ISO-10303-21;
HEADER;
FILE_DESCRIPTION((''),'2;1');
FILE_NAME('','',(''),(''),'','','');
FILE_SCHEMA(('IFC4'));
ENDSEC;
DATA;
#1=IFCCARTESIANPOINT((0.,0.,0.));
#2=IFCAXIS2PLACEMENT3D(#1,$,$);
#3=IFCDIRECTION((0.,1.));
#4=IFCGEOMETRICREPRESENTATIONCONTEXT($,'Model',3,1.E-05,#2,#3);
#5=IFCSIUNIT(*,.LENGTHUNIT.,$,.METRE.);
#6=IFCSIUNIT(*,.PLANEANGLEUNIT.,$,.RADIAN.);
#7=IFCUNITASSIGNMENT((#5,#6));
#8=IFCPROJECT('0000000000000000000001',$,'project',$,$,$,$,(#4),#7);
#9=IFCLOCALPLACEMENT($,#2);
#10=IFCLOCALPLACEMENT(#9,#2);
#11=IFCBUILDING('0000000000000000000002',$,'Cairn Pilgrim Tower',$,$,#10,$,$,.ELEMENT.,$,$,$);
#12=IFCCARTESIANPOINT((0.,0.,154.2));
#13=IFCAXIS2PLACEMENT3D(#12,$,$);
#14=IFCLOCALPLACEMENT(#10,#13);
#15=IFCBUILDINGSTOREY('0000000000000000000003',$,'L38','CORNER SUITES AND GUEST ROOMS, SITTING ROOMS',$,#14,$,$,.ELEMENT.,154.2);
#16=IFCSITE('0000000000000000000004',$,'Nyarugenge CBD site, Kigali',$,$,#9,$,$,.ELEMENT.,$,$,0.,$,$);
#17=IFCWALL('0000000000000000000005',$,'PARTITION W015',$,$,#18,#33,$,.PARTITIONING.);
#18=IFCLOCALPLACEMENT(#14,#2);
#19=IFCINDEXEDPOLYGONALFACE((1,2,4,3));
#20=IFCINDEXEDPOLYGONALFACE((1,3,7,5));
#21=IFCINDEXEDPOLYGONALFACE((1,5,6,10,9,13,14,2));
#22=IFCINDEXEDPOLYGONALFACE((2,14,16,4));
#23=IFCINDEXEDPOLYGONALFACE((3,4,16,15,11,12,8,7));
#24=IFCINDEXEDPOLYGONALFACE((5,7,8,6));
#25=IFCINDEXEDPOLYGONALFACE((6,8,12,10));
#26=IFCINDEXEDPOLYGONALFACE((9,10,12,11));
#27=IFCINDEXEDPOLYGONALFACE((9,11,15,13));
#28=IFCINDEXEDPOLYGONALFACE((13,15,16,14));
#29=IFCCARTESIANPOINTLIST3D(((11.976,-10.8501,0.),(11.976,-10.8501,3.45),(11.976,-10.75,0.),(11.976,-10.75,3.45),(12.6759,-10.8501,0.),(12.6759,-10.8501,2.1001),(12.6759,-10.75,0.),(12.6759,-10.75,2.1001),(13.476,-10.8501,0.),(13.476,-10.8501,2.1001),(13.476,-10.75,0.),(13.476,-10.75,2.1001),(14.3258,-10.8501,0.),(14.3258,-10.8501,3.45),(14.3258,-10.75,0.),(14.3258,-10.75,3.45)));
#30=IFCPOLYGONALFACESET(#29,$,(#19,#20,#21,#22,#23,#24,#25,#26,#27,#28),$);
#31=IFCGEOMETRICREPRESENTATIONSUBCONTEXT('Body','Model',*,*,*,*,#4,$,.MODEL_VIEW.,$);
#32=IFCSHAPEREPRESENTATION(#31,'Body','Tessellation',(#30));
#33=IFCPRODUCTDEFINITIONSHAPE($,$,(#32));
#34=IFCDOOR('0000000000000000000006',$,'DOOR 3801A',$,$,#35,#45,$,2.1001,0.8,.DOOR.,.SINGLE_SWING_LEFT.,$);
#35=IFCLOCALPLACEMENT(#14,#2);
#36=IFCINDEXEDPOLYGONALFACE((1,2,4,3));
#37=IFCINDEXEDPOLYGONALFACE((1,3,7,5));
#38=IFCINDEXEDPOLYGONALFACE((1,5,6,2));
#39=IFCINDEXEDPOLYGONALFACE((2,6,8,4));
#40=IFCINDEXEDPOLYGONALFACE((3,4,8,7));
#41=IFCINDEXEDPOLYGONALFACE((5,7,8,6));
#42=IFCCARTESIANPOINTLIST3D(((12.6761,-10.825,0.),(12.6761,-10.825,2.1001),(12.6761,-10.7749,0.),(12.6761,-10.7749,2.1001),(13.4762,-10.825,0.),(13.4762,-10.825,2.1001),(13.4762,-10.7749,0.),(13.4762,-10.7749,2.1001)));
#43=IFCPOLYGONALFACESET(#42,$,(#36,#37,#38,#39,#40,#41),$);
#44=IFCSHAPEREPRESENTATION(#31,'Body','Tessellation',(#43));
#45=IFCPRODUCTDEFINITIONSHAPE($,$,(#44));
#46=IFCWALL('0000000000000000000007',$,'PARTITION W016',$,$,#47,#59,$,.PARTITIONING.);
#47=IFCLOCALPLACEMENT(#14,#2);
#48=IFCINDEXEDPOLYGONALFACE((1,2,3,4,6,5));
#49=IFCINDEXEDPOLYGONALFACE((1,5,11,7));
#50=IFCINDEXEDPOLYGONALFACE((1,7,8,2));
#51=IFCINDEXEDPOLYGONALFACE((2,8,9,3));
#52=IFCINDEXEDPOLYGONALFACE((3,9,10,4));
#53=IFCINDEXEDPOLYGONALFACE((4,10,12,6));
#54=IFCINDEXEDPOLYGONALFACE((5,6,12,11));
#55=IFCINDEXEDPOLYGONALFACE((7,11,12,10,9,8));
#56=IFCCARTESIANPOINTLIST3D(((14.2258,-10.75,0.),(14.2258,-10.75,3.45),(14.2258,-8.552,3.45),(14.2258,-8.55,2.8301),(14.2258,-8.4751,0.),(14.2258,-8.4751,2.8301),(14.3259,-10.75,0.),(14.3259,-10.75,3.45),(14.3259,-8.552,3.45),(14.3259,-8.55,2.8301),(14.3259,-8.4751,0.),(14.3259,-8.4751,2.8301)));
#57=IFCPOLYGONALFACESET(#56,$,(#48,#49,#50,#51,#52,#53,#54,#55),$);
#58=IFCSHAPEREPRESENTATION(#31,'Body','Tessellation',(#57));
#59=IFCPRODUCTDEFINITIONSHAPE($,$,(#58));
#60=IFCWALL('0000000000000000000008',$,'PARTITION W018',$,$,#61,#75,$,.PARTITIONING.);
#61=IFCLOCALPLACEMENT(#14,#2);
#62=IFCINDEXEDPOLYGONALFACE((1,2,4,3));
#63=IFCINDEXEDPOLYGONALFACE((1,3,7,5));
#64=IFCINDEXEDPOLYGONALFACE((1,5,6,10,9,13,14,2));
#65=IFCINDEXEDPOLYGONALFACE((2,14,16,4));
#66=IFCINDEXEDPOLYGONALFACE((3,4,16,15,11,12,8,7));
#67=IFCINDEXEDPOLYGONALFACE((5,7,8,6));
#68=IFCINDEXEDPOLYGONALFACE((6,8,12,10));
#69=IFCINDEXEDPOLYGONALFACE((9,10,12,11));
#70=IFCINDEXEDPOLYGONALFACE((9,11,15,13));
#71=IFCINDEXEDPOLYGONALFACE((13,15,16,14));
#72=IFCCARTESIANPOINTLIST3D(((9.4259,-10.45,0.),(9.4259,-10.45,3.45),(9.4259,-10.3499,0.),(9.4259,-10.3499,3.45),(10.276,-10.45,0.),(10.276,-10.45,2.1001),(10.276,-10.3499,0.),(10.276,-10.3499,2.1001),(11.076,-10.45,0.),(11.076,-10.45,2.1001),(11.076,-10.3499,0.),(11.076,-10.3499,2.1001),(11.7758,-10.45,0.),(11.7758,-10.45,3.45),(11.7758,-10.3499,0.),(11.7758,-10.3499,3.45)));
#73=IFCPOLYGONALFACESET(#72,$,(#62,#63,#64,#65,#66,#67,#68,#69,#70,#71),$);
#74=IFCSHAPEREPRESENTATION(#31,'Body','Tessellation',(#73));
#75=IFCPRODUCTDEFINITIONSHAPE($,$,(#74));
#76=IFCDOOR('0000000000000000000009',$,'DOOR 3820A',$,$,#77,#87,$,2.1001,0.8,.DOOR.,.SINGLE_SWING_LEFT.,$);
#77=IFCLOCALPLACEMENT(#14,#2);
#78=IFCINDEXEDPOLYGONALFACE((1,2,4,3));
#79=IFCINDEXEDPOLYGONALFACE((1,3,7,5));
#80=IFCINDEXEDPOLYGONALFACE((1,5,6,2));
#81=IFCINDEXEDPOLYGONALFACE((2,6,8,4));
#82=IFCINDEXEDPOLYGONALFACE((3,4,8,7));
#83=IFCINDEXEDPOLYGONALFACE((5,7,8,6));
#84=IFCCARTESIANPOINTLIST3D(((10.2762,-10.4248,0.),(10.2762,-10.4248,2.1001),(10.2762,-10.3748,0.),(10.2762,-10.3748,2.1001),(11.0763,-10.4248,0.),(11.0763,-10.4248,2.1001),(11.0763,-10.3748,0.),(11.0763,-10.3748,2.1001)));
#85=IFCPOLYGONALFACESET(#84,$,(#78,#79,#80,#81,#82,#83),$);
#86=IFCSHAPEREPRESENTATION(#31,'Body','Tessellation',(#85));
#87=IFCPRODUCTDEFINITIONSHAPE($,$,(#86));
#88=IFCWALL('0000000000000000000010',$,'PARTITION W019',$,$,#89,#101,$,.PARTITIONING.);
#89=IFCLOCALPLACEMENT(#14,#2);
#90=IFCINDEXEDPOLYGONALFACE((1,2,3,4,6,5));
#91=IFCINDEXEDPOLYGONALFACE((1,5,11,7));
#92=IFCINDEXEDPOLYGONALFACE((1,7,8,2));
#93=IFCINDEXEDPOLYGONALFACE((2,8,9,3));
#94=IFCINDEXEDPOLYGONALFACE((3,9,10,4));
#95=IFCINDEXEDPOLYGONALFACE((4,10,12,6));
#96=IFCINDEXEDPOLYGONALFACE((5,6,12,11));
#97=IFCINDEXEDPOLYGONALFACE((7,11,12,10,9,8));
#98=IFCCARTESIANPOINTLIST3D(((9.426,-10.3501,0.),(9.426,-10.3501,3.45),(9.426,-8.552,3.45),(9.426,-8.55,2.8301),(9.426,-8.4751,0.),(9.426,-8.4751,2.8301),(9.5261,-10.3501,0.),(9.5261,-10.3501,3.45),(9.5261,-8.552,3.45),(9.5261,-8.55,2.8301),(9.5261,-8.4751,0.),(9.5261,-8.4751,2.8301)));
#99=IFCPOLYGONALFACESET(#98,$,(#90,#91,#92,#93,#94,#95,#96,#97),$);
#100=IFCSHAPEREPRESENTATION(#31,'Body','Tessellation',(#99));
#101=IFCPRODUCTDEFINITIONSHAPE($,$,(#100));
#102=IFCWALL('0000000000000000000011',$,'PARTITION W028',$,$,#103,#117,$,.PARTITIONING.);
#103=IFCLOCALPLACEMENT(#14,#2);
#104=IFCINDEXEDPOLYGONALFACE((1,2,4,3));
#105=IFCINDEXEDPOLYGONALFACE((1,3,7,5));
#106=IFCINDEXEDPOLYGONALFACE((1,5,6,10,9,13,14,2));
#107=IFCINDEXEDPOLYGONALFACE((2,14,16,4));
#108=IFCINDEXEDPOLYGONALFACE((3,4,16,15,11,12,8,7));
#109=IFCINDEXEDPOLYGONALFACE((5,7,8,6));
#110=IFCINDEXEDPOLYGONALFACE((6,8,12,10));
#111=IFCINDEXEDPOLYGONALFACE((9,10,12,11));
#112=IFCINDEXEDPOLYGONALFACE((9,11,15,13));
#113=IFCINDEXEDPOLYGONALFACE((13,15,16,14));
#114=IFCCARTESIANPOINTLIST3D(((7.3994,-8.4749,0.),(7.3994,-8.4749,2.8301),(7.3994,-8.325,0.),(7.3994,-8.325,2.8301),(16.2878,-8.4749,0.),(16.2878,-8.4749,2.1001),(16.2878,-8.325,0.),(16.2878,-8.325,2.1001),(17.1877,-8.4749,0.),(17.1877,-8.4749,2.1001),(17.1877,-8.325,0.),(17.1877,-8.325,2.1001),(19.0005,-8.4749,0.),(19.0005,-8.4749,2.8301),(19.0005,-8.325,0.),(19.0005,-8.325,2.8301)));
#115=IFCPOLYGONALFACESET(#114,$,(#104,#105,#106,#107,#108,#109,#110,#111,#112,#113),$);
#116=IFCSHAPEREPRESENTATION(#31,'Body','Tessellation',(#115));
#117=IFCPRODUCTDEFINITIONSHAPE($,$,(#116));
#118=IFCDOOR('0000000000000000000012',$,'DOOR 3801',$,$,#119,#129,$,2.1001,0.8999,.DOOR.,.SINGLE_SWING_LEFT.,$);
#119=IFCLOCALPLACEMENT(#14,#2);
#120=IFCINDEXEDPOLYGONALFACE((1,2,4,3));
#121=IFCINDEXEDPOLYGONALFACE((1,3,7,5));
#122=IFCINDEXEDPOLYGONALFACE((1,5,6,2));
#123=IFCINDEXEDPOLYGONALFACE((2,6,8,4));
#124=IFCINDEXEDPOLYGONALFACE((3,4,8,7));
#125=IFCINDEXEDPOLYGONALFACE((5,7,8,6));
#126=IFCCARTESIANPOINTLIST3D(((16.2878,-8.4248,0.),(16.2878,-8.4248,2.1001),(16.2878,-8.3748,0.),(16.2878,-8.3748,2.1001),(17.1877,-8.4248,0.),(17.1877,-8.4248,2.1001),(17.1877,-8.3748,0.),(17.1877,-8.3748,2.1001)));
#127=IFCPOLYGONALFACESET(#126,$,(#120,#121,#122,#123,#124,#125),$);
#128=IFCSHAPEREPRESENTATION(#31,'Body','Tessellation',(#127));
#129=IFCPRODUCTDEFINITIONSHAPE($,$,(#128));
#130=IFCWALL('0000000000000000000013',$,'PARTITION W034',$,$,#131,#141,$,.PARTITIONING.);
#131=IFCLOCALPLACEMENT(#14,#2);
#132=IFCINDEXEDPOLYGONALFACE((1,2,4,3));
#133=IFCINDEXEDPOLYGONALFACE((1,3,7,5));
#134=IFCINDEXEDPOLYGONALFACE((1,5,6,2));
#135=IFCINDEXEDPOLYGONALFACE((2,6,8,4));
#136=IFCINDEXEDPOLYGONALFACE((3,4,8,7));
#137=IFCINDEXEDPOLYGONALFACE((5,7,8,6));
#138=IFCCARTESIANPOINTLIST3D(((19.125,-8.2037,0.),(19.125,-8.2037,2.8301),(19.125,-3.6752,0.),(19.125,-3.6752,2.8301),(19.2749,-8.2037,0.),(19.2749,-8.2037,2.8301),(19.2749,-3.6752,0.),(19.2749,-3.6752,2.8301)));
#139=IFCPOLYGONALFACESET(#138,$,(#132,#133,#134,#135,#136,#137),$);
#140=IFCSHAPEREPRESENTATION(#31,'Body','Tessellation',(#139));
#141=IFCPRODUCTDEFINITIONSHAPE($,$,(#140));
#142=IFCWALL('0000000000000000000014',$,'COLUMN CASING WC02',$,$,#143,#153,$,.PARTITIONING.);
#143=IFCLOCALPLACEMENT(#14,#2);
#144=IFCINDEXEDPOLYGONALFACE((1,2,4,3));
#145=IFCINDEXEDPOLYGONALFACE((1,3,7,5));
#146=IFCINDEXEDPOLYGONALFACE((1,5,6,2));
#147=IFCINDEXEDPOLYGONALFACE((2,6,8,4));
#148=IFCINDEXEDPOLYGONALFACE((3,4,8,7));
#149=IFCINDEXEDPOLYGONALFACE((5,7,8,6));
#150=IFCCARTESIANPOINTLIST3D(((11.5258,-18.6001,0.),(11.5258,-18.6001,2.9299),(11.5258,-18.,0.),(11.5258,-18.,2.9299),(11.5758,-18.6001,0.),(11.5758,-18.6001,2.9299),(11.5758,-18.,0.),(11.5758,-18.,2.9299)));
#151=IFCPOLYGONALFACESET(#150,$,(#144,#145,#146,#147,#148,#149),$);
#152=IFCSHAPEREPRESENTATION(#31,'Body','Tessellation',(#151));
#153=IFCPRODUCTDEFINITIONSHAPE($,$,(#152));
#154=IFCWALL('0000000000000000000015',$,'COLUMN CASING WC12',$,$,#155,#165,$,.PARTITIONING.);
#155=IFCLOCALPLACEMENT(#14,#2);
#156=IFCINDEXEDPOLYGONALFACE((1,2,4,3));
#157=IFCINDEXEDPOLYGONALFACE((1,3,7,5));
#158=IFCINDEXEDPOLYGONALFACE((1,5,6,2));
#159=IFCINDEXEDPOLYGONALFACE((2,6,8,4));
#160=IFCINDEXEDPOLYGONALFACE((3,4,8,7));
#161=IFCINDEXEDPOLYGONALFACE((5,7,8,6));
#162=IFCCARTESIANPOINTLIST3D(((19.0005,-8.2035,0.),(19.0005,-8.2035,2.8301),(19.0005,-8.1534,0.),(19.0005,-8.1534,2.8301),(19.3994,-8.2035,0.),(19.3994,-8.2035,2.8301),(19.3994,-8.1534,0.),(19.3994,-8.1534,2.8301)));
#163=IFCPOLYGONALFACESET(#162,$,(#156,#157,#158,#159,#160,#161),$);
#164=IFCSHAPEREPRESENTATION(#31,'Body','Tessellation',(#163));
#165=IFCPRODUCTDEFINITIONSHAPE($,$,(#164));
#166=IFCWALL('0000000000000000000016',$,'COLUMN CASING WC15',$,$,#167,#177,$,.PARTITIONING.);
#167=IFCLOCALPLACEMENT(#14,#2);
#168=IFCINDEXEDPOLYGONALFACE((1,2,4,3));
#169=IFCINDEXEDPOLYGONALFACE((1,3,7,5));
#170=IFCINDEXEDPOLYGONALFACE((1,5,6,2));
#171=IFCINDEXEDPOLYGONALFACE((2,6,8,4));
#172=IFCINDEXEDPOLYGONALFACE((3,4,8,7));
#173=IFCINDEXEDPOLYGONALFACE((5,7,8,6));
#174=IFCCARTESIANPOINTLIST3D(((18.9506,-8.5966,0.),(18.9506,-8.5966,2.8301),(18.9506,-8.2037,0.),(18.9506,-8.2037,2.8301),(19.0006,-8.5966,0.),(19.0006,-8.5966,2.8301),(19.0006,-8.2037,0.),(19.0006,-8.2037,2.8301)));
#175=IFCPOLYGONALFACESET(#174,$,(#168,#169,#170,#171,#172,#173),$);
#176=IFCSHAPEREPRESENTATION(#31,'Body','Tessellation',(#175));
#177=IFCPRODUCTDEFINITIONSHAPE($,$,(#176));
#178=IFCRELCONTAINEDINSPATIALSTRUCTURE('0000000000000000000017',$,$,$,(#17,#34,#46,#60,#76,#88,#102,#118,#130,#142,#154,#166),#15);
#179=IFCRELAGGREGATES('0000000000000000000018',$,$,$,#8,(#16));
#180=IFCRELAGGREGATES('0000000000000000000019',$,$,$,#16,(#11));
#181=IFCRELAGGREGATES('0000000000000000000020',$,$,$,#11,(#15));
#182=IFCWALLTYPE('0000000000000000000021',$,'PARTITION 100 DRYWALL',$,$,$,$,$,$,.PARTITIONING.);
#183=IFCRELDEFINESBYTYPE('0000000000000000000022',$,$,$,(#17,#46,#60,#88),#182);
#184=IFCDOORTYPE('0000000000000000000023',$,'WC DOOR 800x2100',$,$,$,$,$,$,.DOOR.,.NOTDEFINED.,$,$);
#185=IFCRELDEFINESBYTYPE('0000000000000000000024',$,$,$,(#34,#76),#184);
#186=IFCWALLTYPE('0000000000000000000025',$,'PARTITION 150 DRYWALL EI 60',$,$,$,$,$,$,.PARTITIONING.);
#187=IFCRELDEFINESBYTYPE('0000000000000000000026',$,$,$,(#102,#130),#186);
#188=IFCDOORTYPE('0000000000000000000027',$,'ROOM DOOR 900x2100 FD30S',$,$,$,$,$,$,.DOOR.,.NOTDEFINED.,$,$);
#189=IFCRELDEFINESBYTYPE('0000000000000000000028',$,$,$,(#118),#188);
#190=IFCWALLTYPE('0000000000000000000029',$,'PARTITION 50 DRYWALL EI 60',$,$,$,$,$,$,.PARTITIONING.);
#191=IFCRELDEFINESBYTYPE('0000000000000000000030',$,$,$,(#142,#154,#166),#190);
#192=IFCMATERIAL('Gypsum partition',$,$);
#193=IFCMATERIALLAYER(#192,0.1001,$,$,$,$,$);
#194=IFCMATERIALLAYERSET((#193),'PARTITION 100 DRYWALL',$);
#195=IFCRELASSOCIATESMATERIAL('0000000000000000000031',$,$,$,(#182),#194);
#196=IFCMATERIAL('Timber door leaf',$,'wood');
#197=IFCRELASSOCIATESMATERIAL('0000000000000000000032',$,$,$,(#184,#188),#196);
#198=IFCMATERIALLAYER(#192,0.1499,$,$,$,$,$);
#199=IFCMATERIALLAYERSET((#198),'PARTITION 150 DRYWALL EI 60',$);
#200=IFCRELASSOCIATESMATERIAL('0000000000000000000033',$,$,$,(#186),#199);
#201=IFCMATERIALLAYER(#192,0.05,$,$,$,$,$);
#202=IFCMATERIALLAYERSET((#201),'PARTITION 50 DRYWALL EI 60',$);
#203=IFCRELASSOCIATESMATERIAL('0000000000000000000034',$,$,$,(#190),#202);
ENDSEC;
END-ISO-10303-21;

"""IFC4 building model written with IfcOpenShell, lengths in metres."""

from ifc_helpers import new_model, si_unit, direction, frame, frame_2d, origin, place, context, subcontext, project, spatial, polyline, rectangle, outline, extrude, material, layer, layer_set, type_object, element, fill, save


model = new_model("IFC4")

# Units and contexts
model_context = context("Model", 3, precision=1e-05, world=origin(), true_north=direction((0.0, 1.0)))
body_context = subcontext(model_context, "Body", "Model", "MODEL_VIEW")
ifc_project = project(units=[si_unit("LENGTHUNIT", "METRE"), si_unit("PLANEANGLEUNIT", "RADIAN")], contexts=[model_context])

# Site, building, storey
site_placement = place(None, origin())
site = spatial("IfcSite", under=ifc_project, at=site_placement, Name="Nyarugenge CBD site, Kigali", CompositionType="ELEMENT", RefElevation=0.0)
building_placement = place(site_placement, origin())
building = spatial("IfcBuilding", under=site, at=building_placement, Name="Cairn Pilgrim Tower", CompositionType="ELEMENT")
storey_placement = place(building_placement, frame((0.0, 0.0, 154.2)))
storey = spatial("IfcBuildingStorey", under=building, at=storey_placement, Name="L38", Description="CORNER SUITES AND GUEST ROOMS, SITTING ROOMS", CompositionType="ELEMENT", Elevation=154.2)

# Wall, opening, door
ifc_material_1 = material(Name="Gypsum partition")
ifc_layer_1 = layer(ifc_material_1, 0.1001)
ifc_layer_set_1 = layer_set([ifc_layer_1], Name="PARTITION 100 DRYWALL")
wall_type_1 = type_object("IfcWallType", Name="PARTITION 100 DRYWALL", PredefinedType="PARTITIONING", material=ifc_layer_set_1)
wall_1_placement = place(storey_placement, frame((11.9761, -10.8, 0.0), z_axis=(0.0, 0.0, 1.0), x_axis=(1.0, 0.0, 0.0)))
wall_1 = element("IfcWall", 1, at=wall_1_placement, inside=storey, type_object=wall_type_1, Name="PARTITION W015", PredefinedType="PARTITIONING", context=body_context, shape_type="SweptSolid", body=[
    extrude(rectangle(XDim=2.3499, YDim=0.1001, at=frame_2d((1.1748, 0.0))), origin(), (0.0, 0.0, 1.0), 3.45),
])
opening_1_placement = place(wall_1_placement, frame((0.7, 0.0, 0.0)))
opening_1 = element("IfcOpeningElement", 2, at=opening_1_placement, cuts=wall_1, PredefinedType="OPENING", context=body_context, shape_type="SweptSolid", body=[
    extrude(rectangle(XDim=0.8, YDim=2.1001, at=frame_2d((0.3999, 1.05))), frame((0.0, 0.0601, 0.0), z_axis=(0.0, -1.0, 0.0), x_axis=(1.0, 0.0, 0.0)), (0.0, 0.0, 1.0), 0.1201),
])
ifc_material_2 = material(Name="Timber door leaf", Category="wood")
door_type_1 = type_object("IfcDoorType", Name="WC DOOR 800x2100", OperationType="NOTDEFINED", PredefinedType="DOOR", material=ifc_material_2)
door_1_placement = place(opening_1_placement, frame((0.8, 0.0, 0.0), z_axis=(0.0, 0.0, 1.0), x_axis=(-1.0, 0.0, 0.0)))
door_1 = element("IfcDoor", 3, at=door_1_placement, inside=storey, type_object=door_type_1, Name="DOOR 3801A", OperationType="SINGLE_SWING_LEFT", OverallHeight=2.1001, OverallWidth=0.8, PredefinedType="DOOR", context=body_context, shape_type="SweptSolid", body=[
    extrude(rectangle(XDim=0.8, YDim=2.1001, at=frame_2d((0.3999, 1.05))), frame((0.0, 0.0249, 0.0), z_axis=(0.0, -1.0, 0.0), x_axis=(1.0, 0.0, 0.0)), (0.0, 0.0, 1.0), 0.05),
])
fill(opening_1, door_1)

# Wall
wall_2_placement = place(storey_placement, frame((14.2759, -10.75, 0.0), z_axis=(0.0, 0.0, 1.0), x_axis=(0.0, 1.0, 0.0)))
element("IfcWall", 4, at=wall_2_placement, inside=storey, type_object=wall_type_1, Name="PARTITION W016", PredefinedType="PARTITIONING", context=body_context, shape_type="SweptSolid", body=[
    extrude(outline(polyline([(0.0, 0.0), (2.2749, 0.0), (2.2749, 2.8301), (2.2, 2.8301), (2.198, 3.45), (0.0, 3.45), (0.0, 0.0)])), frame((0.0, 0.05, 0.0), z_axis=(0.0, -1.0, 0.0), x_axis=(1.0, 0.0, 0.0)), (0.0, 0.0, 1.0), 0.1001),
])

# Wall, opening, door
wall_3_placement = place(storey_placement, frame((9.426, -10.3999, 0.0), z_axis=(0.0, 0.0, 1.0), x_axis=(1.0, 0.0, 0.0)))
wall_3 = element("IfcWall", 5, at=wall_3_placement, inside=storey, type_object=wall_type_1, Name="PARTITION W018", PredefinedType="PARTITIONING", context=body_context, shape_type="SweptSolid", body=[
    extrude(rectangle(XDim=2.3499, YDim=0.1001, at=frame_2d((1.1748, 0.0))), origin(), (0.0, 0.0, 1.0), 3.45),
])
opening_2_placement = place(wall_3_placement, frame((0.8501, 0.0, 0.0)))
opening_2 = element("IfcOpeningElement", 6, at=opening_2_placement, cuts=wall_3, PredefinedType="OPENING", context=body_context, shape_type="SweptSolid", body=[
    extrude(rectangle(XDim=0.8, YDim=2.1001, at=frame_2d((0.3999, 1.05))), frame((0.0, 0.0601, 0.0), z_axis=(0.0, -1.0, 0.0), x_axis=(1.0, 0.0, 0.0)), (0.0, 0.0, 1.0), 0.1201),
])
door_2_placement = place(opening_2_placement, frame((0.8, 0.0, 0.0), z_axis=(0.0, 0.0, 1.0), x_axis=(-1.0, 0.0, 0.0)))
door_2 = element("IfcDoor", 7, at=door_2_placement, inside=storey, type_object=door_type_1, Name="DOOR 3820A", OperationType="SINGLE_SWING_LEFT", OverallHeight=2.1001, OverallWidth=0.8, PredefinedType="DOOR", context=body_context, shape_type="SweptSolid", body=[
    extrude(rectangle(XDim=0.8, YDim=2.1001, at=frame_2d((0.3999, 1.05))), frame((0.0, 0.0249, 0.0), z_axis=(0.0, -1.0, 0.0), x_axis=(1.0, 0.0, 0.0)), (0.0, 0.0, 1.0), 0.05),
])
fill(opening_2, door_2)

# Wall
wall_4_placement = place(storey_placement, frame((9.4761, -10.3501, 0.0), z_axis=(0.0, 0.0, 1.0), x_axis=(0.0, 1.0, 0.0)))
element("IfcWall", 8, at=wall_4_placement, inside=storey, type_object=wall_type_1, Name="PARTITION W019", PredefinedType="PARTITIONING", context=body_context, shape_type="SweptSolid", body=[
    extrude(outline(polyline([(0.0, 0.0), (1.875, 0.0), (1.875, 2.8301), (1.8, 2.8301), (1.7981, 3.45), (0.0, 3.45), (0.0, 0.0)])), frame((0.0, 0.05, 0.0), z_axis=(0.0, -1.0, 0.0), x_axis=(1.0, 0.0, 0.0)), (0.0, 0.0, 1.0), 0.1001),
])

# Wall, opening, door
ifc_layer_2 = layer(ifc_material_1, 0.1499)
ifc_layer_set_2 = layer_set([ifc_layer_2], Name="PARTITION 150 DRYWALL EI 60")
wall_type_2 = type_object("IfcWallType", Name="PARTITION 150 DRYWALL EI 60", PredefinedType="PARTITIONING", material=ifc_layer_set_2)
wall_5_placement = place(storey_placement, frame((7.3994, -8.3999, 0.0), z_axis=(0.0, 0.0, 1.0), x_axis=(1.0, 0.0, 0.0)))
wall_5 = element("IfcWall", 9, at=wall_5_placement, inside=storey, type_object=wall_type_2, Name="PARTITION W028", PredefinedType="PARTITIONING", context=body_context, shape_type="SweptSolid", body=[
    extrude(rectangle(XDim=11.6011, YDim=0.1499, at=frame_2d((5.8005, 0.0))), origin(), (0.0, 0.0, 1.0), 2.8301),
])
opening_3_placement = place(wall_5_placement, frame((8.8884, 0.0, 0.0)))
opening_3 = element("IfcOpeningElement", 10, at=opening_3_placement, cuts=wall_5, PredefinedType="OPENING", context=body_context, shape_type="SweptSolid", body=[
    extrude(rectangle(XDim=0.8999, YDim=2.1001, at=frame_2d((0.45, 1.05))), frame((0.0, 0.085, 0.0), z_axis=(0.0, -1.0, 0.0), x_axis=(1.0, 0.0, 0.0)), (0.0, 0.0, 1.0), 0.1699),
])
door_type_2 = type_object("IfcDoorType", Name="ROOM DOOR 900x2100 FD30S", OperationType="NOTDEFINED", PredefinedType="DOOR", material=ifc_material_2)
door_3_placement = place(opening_3_placement, frame((0.8999, 0.0, 0.0), z_axis=(0.0, 0.0, 1.0), x_axis=(-1.0, 0.0, 0.0)))
door_3 = element("IfcDoor", 11, at=door_3_placement, inside=storey, type_object=door_type_2, Name="DOOR 3801", OperationType="SINGLE_SWING_LEFT", OverallHeight=2.1001, OverallWidth=0.8999, PredefinedType="DOOR", context=body_context, shape_type="SweptSolid", body=[
    extrude(rectangle(XDim=0.8999, YDim=2.1001, at=frame_2d((0.45, 1.05))), frame((0.0, 0.0249, 0.0), z_axis=(0.0, -1.0, 0.0), x_axis=(1.0, 0.0, 0.0)), (0.0, 0.0, 1.0), 0.05),
])
fill(opening_3, door_3)

# Walls
wall_6_placement = place(storey_placement, frame((19.2, -8.2036, 0.0), z_axis=(0.0, 0.0, 1.0), x_axis=(0.0, 1.0, 0.0)))
element("IfcWall", 12, at=wall_6_placement, inside=storey, type_object=wall_type_2, Name="PARTITION W034", PredefinedType="PARTITIONING", context=body_context, shape_type="SweptSolid", body=[
    extrude(rectangle(XDim=4.5286, YDim=0.1499, at=frame_2d((2.2642, 0.0))), origin(), (0.0, 0.0, 1.0), 2.8301),
])
ifc_layer_3 = layer(ifc_material_1, 0.05)
ifc_layer_set_3 = layer_set([ifc_layer_3], Name="PARTITION 50 DRYWALL EI 60")
wall_type_3 = type_object("IfcWallType", Name="PARTITION 50 DRYWALL EI 60", PredefinedType="PARTITIONING", material=ifc_layer_set_3)
wall_7_placement = place(storey_placement, frame((11.5508, -18.6001, 0.0), z_axis=(0.0, 0.0, 1.0), x_axis=(0.0, 1.0, 0.0)))
element("IfcWall", 13, at=wall_7_placement, inside=storey, type_object=wall_type_3, Name="COLUMN CASING WC02", PredefinedType="PARTITIONING", context=body_context, shape_type="SweptSolid", body=[
    extrude(rectangle(XDim=0.6001, YDim=0.05, at=frame_2d((0.3, 0.0))), origin(), (0.0, 0.0, 1.0), 2.9299),
])
wall_8_placement = place(storey_placement, frame((19.0005, -8.1785, 0.0), z_axis=(0.0, 0.0, 1.0), x_axis=(1.0, 0.0, 0.0)))
element("IfcWall", 14, at=wall_8_placement, inside=storey, type_object=wall_type_3, Name="COLUMN CASING WC12", PredefinedType="PARTITIONING", context=body_context, shape_type="SweptSolid", body=[
    extrude(rectangle(XDim=0.3989, YDim=0.05, at=frame_2d((0.1995, 0.0))), origin(), (0.0, 0.0, 1.0), 2.8301),
])
wall_9_placement = place(storey_placement, frame((18.9756, -8.5964, 0.0), z_axis=(0.0, 0.0, 1.0), x_axis=(0.0, 1.0, 0.0)))
element("IfcWall", 15, at=wall_9_placement, inside=storey, type_object=wall_type_3, Name="COLUMN CASING WC15", PredefinedType="PARTITIONING", context=body_context, shape_type="SweptSolid", body=[
    extrude(rectangle(XDim=0.3928, YDim=0.05, at=frame_2d((0.1963, 0.0))), origin(), (0.0, 0.0, 1.0), 2.8301),
])

save(model, "model.ifc")
